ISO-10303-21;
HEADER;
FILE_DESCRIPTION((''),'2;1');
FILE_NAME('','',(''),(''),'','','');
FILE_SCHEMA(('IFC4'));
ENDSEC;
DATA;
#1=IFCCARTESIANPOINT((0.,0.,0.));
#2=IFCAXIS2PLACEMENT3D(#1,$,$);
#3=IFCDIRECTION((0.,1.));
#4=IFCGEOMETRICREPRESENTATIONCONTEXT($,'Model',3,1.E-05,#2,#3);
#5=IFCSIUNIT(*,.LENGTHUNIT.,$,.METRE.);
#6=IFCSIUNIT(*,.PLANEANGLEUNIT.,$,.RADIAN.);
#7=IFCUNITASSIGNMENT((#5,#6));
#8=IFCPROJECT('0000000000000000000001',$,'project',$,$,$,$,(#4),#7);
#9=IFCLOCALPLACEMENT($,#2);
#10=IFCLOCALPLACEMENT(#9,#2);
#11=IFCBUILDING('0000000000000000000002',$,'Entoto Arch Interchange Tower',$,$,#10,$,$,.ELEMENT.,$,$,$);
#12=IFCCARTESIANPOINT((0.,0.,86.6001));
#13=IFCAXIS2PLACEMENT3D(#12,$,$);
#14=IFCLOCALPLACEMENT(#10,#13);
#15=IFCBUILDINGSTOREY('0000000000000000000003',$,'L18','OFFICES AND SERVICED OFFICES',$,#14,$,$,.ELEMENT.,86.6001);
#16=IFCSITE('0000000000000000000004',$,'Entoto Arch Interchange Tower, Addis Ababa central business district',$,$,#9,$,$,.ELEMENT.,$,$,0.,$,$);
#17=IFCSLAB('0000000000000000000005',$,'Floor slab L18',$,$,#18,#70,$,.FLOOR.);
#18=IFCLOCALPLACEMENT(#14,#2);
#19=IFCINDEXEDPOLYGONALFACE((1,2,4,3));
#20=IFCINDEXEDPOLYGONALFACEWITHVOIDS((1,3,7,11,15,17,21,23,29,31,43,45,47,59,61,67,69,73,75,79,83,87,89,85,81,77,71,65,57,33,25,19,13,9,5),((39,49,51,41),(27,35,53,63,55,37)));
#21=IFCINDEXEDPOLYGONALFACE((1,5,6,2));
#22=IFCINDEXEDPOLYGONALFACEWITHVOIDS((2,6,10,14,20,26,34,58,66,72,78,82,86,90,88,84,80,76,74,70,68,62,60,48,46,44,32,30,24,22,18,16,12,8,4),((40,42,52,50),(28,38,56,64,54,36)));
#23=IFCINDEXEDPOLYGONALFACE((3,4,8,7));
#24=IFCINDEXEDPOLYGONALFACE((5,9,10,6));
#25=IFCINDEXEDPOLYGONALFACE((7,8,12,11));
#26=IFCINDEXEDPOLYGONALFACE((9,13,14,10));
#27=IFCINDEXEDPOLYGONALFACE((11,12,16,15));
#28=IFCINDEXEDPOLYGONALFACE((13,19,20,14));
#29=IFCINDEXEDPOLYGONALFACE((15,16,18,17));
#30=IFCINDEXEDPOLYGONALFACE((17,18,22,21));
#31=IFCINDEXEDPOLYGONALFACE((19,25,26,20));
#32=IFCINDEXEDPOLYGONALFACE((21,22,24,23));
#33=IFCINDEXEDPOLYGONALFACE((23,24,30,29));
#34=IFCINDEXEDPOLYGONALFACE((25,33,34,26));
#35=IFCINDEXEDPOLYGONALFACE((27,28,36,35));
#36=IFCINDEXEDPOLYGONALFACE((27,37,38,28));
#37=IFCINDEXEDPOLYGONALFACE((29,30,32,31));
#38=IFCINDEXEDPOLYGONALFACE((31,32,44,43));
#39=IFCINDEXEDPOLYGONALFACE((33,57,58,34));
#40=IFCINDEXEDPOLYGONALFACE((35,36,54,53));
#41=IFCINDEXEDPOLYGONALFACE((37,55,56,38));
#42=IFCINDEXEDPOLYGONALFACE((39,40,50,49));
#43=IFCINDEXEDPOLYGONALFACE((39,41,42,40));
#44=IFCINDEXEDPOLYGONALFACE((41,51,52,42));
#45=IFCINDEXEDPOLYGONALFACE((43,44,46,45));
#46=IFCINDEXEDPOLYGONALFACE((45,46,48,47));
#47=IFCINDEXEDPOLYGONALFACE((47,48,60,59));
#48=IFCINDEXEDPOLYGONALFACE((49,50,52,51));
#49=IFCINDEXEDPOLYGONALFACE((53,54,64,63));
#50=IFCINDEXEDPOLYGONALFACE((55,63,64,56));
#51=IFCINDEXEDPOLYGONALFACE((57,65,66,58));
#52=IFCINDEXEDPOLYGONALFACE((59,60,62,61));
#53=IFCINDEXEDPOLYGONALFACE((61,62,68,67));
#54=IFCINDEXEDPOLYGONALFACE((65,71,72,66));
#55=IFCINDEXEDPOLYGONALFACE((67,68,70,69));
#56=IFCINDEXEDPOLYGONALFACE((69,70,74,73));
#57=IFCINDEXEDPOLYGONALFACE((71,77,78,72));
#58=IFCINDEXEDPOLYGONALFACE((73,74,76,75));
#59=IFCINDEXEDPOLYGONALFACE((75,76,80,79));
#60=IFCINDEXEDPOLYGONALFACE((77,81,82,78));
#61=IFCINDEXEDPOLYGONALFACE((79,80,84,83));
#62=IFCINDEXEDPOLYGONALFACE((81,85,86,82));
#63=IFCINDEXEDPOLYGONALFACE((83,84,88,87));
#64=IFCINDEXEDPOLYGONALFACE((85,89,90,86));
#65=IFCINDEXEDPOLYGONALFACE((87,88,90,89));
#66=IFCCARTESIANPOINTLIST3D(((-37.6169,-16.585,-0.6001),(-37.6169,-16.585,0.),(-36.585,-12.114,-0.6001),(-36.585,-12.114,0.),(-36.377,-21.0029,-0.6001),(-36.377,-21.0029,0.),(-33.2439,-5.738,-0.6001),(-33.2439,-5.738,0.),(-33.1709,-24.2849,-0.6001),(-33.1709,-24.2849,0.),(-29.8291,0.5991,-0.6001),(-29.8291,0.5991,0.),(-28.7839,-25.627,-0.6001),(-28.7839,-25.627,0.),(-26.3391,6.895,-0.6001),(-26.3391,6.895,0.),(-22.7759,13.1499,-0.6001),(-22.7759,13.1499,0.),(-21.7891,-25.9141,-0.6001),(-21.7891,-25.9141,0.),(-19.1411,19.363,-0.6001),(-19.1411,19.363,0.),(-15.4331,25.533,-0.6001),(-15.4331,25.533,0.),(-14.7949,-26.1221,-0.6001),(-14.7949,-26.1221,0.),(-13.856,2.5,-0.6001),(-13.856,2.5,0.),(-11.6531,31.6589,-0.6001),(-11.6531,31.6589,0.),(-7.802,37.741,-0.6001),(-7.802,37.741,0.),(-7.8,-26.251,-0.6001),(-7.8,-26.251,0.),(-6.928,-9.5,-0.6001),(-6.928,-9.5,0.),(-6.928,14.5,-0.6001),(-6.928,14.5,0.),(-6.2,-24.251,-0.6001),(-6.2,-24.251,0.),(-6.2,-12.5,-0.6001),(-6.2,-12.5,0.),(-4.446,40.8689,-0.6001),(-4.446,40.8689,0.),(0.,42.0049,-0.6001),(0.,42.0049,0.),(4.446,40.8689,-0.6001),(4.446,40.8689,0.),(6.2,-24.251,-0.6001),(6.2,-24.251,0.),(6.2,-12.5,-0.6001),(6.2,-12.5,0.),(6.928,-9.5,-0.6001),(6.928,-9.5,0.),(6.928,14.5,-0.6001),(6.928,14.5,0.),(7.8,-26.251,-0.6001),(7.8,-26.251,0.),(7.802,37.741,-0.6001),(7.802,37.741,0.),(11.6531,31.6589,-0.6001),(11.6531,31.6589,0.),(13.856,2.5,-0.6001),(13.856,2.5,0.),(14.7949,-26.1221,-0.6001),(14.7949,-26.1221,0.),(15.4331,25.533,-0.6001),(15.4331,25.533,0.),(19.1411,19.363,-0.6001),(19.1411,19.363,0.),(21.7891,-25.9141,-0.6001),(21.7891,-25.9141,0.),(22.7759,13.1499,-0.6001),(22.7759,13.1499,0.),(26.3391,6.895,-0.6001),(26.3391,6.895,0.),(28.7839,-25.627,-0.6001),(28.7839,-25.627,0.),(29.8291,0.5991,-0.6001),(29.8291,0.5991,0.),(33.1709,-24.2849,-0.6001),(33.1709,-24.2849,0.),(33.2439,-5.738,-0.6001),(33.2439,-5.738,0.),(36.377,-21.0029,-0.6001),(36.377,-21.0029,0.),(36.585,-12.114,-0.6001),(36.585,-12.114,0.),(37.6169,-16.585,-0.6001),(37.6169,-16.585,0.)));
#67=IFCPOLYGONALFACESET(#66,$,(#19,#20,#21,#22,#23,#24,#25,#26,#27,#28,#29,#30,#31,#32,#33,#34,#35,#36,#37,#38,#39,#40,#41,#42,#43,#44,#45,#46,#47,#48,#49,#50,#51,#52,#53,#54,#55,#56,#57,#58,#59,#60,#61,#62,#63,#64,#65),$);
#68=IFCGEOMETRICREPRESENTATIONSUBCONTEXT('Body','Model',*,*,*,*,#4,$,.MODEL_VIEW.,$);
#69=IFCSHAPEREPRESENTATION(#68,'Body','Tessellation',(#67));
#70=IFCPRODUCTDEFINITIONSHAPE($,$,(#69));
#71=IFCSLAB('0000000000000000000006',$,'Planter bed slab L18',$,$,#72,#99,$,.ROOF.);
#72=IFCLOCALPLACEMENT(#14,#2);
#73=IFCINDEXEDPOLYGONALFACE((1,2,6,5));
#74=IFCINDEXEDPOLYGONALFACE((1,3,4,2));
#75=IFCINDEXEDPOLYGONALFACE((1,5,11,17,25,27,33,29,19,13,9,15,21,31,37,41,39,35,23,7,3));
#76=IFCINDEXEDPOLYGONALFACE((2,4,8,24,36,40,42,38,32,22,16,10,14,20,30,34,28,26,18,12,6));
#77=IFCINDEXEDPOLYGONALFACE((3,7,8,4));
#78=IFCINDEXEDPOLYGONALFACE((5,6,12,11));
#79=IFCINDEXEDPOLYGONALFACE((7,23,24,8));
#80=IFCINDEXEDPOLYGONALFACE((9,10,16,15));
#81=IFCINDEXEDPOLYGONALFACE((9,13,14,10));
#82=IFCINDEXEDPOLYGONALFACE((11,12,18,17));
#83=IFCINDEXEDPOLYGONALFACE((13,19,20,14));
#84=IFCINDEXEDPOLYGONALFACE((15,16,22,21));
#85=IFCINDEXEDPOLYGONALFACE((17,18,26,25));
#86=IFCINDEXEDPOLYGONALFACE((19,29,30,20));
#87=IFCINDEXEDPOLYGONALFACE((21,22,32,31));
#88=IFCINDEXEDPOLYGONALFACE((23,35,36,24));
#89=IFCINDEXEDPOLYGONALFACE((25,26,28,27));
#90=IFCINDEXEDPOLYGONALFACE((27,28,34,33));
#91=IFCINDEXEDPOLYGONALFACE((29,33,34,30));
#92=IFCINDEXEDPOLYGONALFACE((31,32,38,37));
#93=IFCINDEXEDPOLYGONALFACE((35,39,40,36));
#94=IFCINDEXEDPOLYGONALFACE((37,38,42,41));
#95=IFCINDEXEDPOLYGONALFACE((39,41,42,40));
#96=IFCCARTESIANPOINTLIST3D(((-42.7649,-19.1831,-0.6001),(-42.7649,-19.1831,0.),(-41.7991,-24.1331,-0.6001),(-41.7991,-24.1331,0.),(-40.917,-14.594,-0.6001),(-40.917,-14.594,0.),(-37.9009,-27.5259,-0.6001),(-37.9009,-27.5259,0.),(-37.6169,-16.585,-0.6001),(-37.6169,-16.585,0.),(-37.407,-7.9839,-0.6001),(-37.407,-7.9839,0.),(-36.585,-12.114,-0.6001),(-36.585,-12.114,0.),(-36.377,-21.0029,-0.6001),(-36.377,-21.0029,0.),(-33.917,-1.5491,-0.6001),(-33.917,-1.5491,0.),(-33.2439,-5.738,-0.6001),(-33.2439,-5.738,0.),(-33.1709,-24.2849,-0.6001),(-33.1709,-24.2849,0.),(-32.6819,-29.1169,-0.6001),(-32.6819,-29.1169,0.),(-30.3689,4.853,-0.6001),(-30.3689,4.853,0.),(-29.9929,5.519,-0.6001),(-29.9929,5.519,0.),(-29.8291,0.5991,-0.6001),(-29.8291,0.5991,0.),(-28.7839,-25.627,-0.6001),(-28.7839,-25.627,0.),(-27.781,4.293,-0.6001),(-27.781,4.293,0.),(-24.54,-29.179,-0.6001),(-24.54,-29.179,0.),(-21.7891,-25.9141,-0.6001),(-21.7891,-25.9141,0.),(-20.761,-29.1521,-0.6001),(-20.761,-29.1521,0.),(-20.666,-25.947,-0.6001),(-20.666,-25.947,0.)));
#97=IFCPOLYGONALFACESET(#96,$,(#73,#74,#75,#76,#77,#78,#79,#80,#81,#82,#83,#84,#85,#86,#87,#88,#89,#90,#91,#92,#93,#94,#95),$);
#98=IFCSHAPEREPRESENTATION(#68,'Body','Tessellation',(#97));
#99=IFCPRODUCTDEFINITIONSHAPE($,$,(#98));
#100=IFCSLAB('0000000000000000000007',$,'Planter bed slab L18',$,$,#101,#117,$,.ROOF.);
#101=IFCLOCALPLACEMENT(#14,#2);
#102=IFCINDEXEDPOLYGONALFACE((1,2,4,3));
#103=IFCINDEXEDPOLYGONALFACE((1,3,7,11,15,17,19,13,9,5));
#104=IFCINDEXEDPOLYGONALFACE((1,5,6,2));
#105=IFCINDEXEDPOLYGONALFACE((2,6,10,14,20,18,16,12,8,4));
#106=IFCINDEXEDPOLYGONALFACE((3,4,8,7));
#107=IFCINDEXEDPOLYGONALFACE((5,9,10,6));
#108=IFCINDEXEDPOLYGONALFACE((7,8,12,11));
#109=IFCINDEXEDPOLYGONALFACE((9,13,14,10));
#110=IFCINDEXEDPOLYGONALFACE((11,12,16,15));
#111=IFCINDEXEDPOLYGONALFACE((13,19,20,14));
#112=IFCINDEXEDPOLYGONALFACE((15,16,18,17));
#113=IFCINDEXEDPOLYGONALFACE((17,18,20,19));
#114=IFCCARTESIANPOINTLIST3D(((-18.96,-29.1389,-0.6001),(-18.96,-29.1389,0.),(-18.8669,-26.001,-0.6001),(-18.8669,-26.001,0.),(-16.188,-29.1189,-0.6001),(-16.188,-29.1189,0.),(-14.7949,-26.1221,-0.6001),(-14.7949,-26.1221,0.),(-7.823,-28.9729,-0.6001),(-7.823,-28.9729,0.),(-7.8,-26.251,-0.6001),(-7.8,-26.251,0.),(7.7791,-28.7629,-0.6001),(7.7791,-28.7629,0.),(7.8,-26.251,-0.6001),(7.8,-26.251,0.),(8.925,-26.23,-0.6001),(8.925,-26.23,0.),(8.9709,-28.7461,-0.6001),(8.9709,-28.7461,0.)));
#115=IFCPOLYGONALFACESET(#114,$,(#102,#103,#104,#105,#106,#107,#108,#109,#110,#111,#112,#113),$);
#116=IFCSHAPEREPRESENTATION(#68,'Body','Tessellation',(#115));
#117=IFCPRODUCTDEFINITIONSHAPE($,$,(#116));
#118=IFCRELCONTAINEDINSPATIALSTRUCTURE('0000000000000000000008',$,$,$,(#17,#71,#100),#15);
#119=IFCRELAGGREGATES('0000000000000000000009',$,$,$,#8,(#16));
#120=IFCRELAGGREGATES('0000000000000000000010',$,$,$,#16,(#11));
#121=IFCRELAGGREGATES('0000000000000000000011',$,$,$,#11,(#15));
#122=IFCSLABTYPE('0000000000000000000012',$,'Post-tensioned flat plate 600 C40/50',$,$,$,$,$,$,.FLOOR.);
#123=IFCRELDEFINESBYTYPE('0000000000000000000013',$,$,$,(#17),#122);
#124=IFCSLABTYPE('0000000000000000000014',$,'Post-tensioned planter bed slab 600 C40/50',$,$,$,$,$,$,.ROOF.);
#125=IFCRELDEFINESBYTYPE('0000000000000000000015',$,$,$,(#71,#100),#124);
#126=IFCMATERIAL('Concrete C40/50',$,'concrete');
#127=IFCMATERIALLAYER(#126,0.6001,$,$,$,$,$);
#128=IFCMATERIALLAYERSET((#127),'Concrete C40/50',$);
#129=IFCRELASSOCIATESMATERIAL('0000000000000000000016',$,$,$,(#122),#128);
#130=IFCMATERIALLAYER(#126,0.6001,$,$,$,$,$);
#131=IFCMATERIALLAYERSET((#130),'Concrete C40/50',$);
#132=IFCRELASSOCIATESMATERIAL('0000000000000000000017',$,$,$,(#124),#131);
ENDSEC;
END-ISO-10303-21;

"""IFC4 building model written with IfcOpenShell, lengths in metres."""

from ifc_helpers import new_model, si_unit, direction, frame, origin, place, context, subcontext, project, spatial, polyline, outline, extrude, material, layer, layer_set, type_object, element, save


model = new_model("IFC4")

# Units and contexts
model_context = context("Model", 3, precision=1e-05, world=origin(), true_north=direction((0.0, 1.0)))
body_context = subcontext(model_context, "Body", "Model", "MODEL_VIEW")
ifc_project = project(units=[si_unit("LENGTHUNIT", "METRE"), si_unit("PLANEANGLEUNIT", "RADIAN")], contexts=[model_context])

# Site, building, storey
site_placement = place(None, origin())
site = spatial("IfcSite", under=ifc_project, at=site_placement, Name="Entoto Arch Interchange Tower, Addis Ababa central business district", CompositionType="ELEMENT", RefElevation=0.0)
building_placement = place(site_placement, origin())
building = spatial("IfcBuilding", under=site, at=building_placement, Name="Entoto Arch Interchange Tower", CompositionType="ELEMENT")
storey_placement = place(building_placement, frame((0.0, 0.0, 86.6001)))
storey = spatial("IfcBuildingStorey", under=building, at=storey_placement, Name="L18", Description="OFFICES AND SERVICED OFFICES", CompositionType="ELEMENT", Elevation=86.6001)

# Slabs
ifc_material_1 = material(Name="Concrete C40/50", Category="concrete")
ifc_layer_1 = layer(ifc_material_1, 0.6001)
ifc_layer_set_1 = layer_set([ifc_layer_1], Name="Concrete C40/50")
slab_type_1 = type_object("IfcSlabType", Name="Post-tensioned flat plate 600 C40/50", PredefinedType="FLOOR", material=ifc_layer_set_1)
slab_1_placement = place(storey_placement, frame((0.0, 0.0, -0.6001)))
element("IfcSlab", 1, at=slab_1_placement, inside=storey, type_object=slab_type_1, Name="Floor slab L18", PredefinedType="FLOOR", context=body_context, shape_type="SweptSolid", body=[
    extrude(outline(polyline([(-28.7839, -25.627), (-21.7891, -25.9141), (-14.7949, -26.1221), (-7.8, -26.251), (7.8, -26.251), (14.7949, -26.1221), (21.7891, -25.9141), (28.7839, -25.627), (33.1709, -24.2849), (36.377, -21.0029), (37.6169, -16.585), (36.585, -12.114), (33.2439, -5.738), (29.8291, 0.5991), (26.3391, 6.895), (22.7759, 13.1499), (19.1411, 19.363), (15.4331, 25.533), (11.6531, 31.6589), (7.802, 37.741), (4.446, 40.8689), (0.0, 42.0049), (-4.446, 40.8689), (-7.802, 37.741), (-11.6531, 31.6589), (-15.4331, 25.533), (-19.1411, 19.363), (-22.7759, 13.1499), (-26.3391, 6.895), (-29.8291, 0.5991), (-33.2439, -5.738), (-36.585, -12.114), (-37.6169, -16.585), (-36.377, -21.0029), (-33.1709, -24.2849), (-28.7839, -25.627)]), holes=[polyline([(6.2, -24.251), (6.2, -12.5), (-6.2, -12.5), (-6.2, -24.251), (6.2, -24.251)]), polyline([(13.856, 2.5), (6.928, 14.5), (-6.928, 14.5), (-13.856, 2.5), (-6.928, -9.5), (6.928, -9.5), (13.856, 2.5)])]), origin(), (0.0, 0.0, 1.0), 0.6001),
])
ifc_layer_2 = layer(ifc_material_1, 0.6001)
ifc_layer_set_2 = layer_set([ifc_layer_2], Name="Concrete C40/50")
slab_type_2 = type_object("IfcSlabType", Name="Post-tensioned planter bed slab 600 C40/50", PredefinedType="ROOF", material=ifc_layer_set_2)
slab_2_placement = place(storey_placement, frame((0.0, 0.0, -0.6001)))
element("IfcSlab", 2, at=slab_2_placement, inside=storey, type_object=slab_type_2, Name="Planter bed slab L18", PredefinedType="ROOF", context=body_context, shape_type="SweptSolid", body=[
    extrude(outline(polyline([(-20.666, -25.947), (-21.7891, -25.9141), (-28.7839, -25.627), (-33.1709, -24.2849), (-36.377, -21.0029), (-37.6169, -16.585), (-36.585, -12.114), (-33.2439, -5.738), (-29.8291, 0.5991), (-27.781, 4.293), (-29.9929, 5.519), (-30.3689, 4.853), (-33.917, -1.5491), (-37.407, -7.9839), (-40.917, -14.594), (-42.7649, -19.1831), (-41.7991, -24.1331), (-37.9009, -27.5259), (-32.6819, -29.1169), (-24.54, -29.179), (-20.761, -29.1521), (-20.666, -25.947)])), origin(), (0.0, 0.0, 1.0), 0.6001),
])
slab_3_placement = place(storey_placement, frame((0.0, 0.0, -0.6001)))
element("IfcSlab", 3, at=slab_3_placement, inside=storey, type_object=slab_type_2, Name="Planter bed slab L18", PredefinedType="ROOF", context=body_context, shape_type="SweptSolid", body=[
    extrude(outline(polyline([(-14.7949, -26.1221), (-18.8669, -26.001), (-18.96, -29.1389), (-16.188, -29.1189), (-7.823, -28.9729), (7.7791, -28.7629), (8.9709, -28.7461), (8.925, -26.23), (7.8, -26.251), (-7.8, -26.251), (-14.7949, -26.1221)])), origin(), (0.0, 0.0, 1.0), 0.6001),
])

save(model, "model.ifc")
